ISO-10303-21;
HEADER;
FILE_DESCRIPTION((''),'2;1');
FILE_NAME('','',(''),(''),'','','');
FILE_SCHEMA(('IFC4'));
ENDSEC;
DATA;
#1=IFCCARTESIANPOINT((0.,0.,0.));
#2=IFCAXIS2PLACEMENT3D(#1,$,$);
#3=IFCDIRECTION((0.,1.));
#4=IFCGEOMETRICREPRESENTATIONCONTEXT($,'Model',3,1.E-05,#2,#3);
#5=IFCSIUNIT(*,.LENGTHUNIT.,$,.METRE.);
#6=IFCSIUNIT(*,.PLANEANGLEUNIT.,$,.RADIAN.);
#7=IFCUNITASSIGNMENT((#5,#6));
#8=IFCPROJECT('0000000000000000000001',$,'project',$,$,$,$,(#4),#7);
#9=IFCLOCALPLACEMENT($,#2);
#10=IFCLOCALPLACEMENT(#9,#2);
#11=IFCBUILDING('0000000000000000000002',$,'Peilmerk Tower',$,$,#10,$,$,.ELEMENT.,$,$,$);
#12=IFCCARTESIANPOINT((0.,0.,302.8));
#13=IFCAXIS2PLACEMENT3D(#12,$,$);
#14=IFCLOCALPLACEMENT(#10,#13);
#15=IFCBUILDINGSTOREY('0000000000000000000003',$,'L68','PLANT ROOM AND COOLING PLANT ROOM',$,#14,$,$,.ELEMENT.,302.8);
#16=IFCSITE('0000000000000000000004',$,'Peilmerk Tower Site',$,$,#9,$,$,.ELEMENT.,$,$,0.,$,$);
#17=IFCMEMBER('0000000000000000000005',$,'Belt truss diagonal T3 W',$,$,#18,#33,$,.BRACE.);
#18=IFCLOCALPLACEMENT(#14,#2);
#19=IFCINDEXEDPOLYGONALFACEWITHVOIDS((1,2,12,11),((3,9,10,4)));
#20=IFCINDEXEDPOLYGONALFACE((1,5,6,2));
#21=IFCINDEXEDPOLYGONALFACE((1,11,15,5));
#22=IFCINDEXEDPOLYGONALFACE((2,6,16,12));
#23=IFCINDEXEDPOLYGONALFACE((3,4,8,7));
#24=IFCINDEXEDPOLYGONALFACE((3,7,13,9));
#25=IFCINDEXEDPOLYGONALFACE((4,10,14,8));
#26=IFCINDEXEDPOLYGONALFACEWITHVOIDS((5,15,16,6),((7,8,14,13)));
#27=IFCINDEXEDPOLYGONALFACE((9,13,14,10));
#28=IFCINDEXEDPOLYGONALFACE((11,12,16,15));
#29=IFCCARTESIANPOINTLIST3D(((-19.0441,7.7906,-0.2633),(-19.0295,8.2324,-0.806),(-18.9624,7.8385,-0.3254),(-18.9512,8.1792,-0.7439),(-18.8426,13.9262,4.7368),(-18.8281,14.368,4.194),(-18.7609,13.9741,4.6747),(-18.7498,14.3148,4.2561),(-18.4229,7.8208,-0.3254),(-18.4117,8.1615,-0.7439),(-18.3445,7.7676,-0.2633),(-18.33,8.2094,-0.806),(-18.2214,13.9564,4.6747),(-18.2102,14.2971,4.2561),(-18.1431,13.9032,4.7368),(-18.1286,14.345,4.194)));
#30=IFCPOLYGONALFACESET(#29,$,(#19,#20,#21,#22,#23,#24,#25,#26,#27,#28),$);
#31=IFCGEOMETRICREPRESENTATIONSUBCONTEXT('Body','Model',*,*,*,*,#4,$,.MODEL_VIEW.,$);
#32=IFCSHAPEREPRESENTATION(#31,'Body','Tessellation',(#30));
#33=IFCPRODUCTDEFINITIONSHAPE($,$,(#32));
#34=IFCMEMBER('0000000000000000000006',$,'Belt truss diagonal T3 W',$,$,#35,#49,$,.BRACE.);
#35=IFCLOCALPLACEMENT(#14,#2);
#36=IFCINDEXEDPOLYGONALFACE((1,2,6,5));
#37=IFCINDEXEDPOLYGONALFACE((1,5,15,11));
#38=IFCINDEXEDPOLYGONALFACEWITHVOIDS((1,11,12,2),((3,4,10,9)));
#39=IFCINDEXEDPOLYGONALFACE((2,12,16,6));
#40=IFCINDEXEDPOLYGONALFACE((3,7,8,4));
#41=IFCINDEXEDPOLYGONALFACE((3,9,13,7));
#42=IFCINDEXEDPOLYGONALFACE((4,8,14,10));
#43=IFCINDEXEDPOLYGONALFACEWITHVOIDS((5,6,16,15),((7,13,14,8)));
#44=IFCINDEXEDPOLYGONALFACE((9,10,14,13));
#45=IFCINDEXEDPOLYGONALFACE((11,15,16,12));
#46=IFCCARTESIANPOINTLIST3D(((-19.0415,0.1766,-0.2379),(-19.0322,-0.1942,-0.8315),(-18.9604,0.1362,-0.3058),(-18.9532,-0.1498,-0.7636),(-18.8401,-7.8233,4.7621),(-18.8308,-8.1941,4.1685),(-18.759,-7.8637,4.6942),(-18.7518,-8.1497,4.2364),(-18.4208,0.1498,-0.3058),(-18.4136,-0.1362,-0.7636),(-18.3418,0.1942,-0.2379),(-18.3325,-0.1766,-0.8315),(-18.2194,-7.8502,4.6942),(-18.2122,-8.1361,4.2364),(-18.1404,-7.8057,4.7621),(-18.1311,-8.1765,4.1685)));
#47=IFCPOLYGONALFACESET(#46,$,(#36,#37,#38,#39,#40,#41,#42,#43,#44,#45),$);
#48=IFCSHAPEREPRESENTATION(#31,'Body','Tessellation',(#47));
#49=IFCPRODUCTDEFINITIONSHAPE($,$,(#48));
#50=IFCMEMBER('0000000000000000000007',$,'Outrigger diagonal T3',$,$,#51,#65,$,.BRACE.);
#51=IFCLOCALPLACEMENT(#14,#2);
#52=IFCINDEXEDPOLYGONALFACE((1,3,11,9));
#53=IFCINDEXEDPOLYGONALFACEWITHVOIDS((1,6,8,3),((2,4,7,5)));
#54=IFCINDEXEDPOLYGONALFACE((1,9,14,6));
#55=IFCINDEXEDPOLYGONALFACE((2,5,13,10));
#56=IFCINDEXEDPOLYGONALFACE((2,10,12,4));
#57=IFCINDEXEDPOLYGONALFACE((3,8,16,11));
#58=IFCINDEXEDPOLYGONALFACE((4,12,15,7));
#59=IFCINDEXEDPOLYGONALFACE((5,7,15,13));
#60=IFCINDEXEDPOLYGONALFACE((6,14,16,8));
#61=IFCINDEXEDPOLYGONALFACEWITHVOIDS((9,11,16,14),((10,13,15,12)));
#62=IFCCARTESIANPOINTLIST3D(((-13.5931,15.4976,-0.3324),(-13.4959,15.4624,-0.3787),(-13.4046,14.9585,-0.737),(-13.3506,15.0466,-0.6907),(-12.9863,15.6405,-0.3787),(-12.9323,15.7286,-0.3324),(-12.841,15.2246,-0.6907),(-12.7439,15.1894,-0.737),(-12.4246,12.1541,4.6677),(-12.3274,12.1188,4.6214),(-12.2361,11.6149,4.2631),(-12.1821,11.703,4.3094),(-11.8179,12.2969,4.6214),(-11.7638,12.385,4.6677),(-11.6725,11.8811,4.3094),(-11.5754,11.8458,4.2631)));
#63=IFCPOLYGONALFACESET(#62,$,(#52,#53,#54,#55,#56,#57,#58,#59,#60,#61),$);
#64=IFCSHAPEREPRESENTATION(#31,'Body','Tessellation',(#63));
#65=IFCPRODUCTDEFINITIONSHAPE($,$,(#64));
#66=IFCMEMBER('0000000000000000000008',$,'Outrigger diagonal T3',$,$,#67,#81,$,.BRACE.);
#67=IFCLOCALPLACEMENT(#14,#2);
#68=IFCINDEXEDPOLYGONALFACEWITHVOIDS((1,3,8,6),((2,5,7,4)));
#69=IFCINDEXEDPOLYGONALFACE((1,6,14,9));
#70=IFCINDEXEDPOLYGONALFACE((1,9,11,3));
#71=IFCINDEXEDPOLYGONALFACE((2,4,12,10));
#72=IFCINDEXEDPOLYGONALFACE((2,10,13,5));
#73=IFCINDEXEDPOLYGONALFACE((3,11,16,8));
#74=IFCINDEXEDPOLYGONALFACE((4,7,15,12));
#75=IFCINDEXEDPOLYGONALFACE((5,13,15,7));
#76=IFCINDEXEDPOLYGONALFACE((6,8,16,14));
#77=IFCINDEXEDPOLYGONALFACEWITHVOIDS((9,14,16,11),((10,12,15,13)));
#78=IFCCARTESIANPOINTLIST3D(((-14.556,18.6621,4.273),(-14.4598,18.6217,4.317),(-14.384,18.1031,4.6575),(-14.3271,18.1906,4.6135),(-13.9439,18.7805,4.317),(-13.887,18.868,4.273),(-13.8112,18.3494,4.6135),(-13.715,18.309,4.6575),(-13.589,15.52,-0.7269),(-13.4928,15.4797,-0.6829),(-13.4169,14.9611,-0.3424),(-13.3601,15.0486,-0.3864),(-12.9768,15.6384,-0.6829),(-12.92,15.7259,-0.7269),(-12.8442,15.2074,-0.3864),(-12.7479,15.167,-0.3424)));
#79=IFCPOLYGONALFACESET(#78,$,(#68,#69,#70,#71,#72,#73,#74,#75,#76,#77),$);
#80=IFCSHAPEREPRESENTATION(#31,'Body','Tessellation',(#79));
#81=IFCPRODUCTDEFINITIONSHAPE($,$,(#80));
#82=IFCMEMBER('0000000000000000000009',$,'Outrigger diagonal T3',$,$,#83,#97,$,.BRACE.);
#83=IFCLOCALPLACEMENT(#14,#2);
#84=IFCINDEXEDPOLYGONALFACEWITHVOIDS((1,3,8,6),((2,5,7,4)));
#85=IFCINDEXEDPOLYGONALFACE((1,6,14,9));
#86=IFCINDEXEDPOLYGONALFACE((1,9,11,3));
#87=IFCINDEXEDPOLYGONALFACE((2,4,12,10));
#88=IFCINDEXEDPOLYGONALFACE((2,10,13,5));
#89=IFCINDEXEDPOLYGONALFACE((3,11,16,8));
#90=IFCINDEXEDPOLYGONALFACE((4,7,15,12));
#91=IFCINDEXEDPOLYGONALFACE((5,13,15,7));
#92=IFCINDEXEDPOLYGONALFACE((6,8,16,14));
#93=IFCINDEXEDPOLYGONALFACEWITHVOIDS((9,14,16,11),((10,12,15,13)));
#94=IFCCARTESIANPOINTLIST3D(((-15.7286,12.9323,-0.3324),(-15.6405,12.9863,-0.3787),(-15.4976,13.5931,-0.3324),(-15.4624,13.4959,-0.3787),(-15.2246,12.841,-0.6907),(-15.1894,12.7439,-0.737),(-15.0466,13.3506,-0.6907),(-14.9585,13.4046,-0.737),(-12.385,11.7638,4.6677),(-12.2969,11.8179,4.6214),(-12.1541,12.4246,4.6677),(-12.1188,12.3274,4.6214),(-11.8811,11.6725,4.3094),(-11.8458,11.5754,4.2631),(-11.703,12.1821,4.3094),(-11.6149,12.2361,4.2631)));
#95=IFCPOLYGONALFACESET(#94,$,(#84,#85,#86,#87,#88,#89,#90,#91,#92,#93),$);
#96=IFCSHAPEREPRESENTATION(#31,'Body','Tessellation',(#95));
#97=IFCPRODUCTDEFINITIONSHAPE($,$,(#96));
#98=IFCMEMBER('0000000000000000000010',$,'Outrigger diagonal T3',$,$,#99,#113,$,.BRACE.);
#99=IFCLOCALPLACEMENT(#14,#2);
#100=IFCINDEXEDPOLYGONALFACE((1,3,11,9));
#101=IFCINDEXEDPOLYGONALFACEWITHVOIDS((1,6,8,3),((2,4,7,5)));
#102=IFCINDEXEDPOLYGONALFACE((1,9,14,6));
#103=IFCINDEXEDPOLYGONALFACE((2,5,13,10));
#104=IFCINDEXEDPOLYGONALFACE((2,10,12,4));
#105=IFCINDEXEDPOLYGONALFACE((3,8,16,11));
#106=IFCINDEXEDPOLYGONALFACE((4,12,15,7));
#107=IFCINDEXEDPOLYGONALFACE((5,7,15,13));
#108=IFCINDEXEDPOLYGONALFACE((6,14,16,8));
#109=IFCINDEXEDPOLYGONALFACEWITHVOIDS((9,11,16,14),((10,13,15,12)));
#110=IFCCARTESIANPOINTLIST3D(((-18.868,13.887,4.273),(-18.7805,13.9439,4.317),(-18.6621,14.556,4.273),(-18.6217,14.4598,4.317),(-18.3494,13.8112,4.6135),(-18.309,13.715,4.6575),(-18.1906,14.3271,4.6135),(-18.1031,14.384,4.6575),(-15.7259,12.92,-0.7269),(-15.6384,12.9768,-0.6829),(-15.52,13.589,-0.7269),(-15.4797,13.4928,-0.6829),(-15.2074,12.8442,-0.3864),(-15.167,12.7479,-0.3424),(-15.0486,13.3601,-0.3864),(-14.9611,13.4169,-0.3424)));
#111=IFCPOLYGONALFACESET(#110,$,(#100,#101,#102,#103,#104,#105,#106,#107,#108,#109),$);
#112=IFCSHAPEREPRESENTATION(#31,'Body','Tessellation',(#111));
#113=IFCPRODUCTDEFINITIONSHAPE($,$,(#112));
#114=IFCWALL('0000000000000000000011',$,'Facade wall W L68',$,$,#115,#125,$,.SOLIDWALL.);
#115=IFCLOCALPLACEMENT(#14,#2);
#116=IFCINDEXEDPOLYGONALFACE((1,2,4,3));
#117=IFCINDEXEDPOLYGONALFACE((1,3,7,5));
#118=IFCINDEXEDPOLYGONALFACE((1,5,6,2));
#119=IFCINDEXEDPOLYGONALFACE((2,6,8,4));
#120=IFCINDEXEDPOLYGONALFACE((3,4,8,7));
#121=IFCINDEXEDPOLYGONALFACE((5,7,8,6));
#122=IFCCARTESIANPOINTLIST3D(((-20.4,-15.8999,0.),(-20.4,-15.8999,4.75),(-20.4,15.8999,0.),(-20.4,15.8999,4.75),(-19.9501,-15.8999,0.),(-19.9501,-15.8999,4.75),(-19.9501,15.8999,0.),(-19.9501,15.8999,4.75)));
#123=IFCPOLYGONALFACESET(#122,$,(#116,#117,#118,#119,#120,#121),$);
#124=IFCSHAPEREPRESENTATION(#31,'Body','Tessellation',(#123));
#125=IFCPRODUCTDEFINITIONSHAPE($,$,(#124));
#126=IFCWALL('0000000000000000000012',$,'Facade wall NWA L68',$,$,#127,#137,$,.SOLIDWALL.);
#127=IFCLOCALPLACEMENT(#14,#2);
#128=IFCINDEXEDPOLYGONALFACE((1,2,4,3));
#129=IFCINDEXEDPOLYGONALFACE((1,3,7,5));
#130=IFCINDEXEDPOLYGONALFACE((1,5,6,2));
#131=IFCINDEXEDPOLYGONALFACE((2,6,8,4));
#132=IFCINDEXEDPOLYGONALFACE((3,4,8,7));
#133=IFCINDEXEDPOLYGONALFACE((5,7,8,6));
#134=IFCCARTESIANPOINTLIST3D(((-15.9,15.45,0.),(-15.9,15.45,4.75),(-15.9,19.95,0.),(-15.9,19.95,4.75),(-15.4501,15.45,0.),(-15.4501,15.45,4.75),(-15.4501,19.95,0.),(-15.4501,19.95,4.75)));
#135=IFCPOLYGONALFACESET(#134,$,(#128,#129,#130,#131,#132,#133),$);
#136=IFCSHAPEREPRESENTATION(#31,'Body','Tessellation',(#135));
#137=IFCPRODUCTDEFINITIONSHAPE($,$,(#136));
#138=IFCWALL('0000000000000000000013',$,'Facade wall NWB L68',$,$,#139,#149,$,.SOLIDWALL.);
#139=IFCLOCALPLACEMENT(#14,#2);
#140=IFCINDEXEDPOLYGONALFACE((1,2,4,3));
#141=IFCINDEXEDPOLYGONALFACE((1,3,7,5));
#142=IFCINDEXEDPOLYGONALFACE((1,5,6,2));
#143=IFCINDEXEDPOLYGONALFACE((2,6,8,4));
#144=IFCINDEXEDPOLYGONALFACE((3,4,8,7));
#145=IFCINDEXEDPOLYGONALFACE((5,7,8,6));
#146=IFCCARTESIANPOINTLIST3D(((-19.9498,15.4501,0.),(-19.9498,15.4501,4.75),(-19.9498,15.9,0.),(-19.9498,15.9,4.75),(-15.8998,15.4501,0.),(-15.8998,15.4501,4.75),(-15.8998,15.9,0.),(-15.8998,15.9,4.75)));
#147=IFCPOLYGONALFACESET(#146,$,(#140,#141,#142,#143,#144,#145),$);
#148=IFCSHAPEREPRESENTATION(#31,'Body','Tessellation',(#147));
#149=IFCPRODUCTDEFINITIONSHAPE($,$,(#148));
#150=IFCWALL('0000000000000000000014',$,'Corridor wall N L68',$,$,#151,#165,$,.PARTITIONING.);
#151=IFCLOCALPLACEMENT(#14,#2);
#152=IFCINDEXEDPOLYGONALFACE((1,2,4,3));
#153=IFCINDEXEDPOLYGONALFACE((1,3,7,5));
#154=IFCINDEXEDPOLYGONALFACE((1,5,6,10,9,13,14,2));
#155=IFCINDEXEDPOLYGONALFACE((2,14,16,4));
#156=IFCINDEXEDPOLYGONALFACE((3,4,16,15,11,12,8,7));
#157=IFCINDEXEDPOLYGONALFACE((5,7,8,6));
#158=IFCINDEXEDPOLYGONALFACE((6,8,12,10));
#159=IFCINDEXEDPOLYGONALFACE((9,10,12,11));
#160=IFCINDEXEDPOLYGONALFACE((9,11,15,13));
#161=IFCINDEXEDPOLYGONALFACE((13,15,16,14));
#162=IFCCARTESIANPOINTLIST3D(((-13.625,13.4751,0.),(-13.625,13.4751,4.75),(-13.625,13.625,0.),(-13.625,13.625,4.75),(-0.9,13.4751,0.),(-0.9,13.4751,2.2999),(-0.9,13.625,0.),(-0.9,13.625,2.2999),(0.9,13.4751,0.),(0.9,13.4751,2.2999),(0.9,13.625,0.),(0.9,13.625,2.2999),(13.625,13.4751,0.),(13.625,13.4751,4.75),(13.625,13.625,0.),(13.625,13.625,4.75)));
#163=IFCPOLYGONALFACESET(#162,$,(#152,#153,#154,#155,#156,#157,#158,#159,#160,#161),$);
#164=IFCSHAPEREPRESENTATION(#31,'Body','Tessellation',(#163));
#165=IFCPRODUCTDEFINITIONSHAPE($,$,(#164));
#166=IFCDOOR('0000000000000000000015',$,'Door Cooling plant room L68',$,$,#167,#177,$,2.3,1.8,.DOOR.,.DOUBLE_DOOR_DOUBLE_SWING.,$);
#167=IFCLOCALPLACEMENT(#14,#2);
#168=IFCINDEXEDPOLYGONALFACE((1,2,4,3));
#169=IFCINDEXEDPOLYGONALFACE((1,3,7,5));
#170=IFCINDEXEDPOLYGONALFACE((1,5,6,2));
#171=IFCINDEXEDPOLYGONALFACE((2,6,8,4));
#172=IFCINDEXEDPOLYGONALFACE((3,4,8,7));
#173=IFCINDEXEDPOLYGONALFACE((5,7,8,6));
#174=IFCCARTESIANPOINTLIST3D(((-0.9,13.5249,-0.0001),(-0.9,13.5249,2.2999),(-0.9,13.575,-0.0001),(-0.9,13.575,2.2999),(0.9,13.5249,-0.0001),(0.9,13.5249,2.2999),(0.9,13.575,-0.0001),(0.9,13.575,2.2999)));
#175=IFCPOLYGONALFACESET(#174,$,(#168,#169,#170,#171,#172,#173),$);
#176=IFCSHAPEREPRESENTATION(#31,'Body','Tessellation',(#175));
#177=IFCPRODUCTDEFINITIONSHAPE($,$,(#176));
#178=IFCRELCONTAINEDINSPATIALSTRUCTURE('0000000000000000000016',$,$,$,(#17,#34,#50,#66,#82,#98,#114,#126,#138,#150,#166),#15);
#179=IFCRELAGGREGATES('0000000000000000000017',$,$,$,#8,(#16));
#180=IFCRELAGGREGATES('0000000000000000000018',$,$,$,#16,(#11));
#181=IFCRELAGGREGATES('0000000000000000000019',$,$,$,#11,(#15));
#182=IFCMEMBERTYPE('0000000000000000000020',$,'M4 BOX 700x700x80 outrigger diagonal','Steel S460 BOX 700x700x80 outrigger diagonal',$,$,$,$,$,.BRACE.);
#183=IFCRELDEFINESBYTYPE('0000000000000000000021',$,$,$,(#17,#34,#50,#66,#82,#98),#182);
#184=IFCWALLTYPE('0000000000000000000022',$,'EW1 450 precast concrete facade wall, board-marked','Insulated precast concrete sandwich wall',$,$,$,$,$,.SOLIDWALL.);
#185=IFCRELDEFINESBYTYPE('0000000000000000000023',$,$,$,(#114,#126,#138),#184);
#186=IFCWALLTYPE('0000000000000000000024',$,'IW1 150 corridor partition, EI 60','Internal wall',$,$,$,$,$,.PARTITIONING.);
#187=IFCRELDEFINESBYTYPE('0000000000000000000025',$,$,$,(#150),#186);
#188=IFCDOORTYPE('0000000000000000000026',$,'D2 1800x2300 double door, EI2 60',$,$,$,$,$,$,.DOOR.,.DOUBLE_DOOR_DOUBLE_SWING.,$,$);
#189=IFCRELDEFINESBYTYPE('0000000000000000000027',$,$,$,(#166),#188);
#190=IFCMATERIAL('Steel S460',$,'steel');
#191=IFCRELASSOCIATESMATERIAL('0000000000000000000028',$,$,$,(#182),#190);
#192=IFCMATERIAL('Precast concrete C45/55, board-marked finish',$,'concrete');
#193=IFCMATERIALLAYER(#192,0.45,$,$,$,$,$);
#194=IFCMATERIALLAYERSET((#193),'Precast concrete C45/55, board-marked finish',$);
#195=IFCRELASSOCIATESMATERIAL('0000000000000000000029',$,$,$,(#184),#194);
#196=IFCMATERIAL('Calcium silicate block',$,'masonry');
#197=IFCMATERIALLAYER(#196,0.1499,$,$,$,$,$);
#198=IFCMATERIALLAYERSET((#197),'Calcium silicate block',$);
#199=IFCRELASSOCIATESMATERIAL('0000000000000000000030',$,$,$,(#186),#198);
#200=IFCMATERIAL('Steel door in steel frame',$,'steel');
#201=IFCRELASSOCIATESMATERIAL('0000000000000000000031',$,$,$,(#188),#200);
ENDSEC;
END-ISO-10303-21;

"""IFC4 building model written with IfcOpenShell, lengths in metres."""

from ifc_helpers import new_model, si_unit, direction, frame, frame_2d, origin, origin_2d, place, context, subcontext, project, spatial, rectangle, hollow_rectangle, extrude, material, layer, layer_set, material_profile, profile_set, type_object, element, fill, save


model = new_model("IFC4")

# Units and contexts
model_context = context("Model", 3, precision=1e-05, world=origin(), true_north=direction((0.0, 1.0)))
body_context = subcontext(model_context, "Body", "Model", "MODEL_VIEW")
ifc_project = project(units=[si_unit("LENGTHUNIT", "METRE"), si_unit("PLANEANGLEUNIT", "RADIAN")], contexts=[model_context])

# Site, building, storey
site_placement = place(None, origin())
site = spatial("IfcSite", under=ifc_project, at=site_placement, Name="Peilmerk Tower Site", CompositionType="ELEMENT", RefElevation=0.0)
building_placement = place(site_placement, origin())
building = spatial("IfcBuilding", under=site, at=building_placement, Name="Peilmerk Tower", CompositionType="ELEMENT")
storey_placement = place(building_placement, frame((0.0, 0.0, 302.8)))
storey = spatial("IfcBuildingStorey", under=building, at=storey_placement, Name="L68", Description="PLANT ROOM AND COOLING PLANT ROOM", CompositionType="ELEMENT", Elevation=302.8)

# Shared definitions
ifc_material_1 = material(Name="Steel S460", Category="steel")

# Members
ifc_material_profile_1 = material_profile(ifc_material_1, hollow_rectangle(XDim=0.7, YDim=0.7, WallThickness=0.0801, at=origin_2d()), Name="BOX 700x700x80")
ifc_profile_set_1 = profile_set([ifc_material_profile_1], Name="Steel S460")
member_type_1 = type_object("IfcMemberType", Name="M4 BOX 700x700x80 outrigger diagonal", Description="Steel S460 BOX 700x700x80 outrigger diagonal", PredefinedType="BRACE", material=ifc_profile_set_1)
member_1_placement = place(storey_placement, frame((-18.687, 8.0, -0.5347), z_axis=(0.02544, 0.77494, 0.631522), x_axis=(-0.999462, 0.03281, 0.0)))
element("IfcMember", 1, at=member_1_placement, inside=storey, type_object=member_type_1, Name="Belt truss diagonal T3 W", PredefinedType="BRACE", context=body_context, shape_type="SweptSolid", body=[
    extrude(hollow_rectangle(XDim=0.7, YDim=0.7, WallThickness=0.0801, at=origin_2d()), origin(), (0.0, 0.0, 1.0), 7.9175),
])
member_2_placement = place(storey_placement, frame((-18.687, 0.0, -0.5347), z_axis=(0.021345, -0.847805, 0.529878), x_axis=(0.999683, 0.025169, 0.0)))
element("IfcMember", 2, at=member_2_placement, inside=storey, type_object=member_type_1, Name="Belt truss diagonal T3 W", PredefinedType="BRACE", context=body_context, shape_type="SweptSolid", body=[
    extrude(hollow_rectangle(XDim=0.7, YDim=0.7, WallThickness=0.0801, at=origin_2d()), origin(), (0.0, 0.0, 1.0), 9.436),
])
member_3_placement = place(storey_placement, frame((-13.1685, 15.3435, -0.5347), z_axis=(0.190696, -0.54567, 0.816014), x_axis=(0.944014, 0.329905, 0.0)))
element("IfcMember", 3, at=member_3_placement, inside=storey, type_object=member_type_1, Name="Outrigger diagonal T3", PredefinedType="BRACE", context=body_context, shape_type="SweptSolid", body=[
    extrude(hollow_rectangle(XDim=0.7, YDim=0.7, WallThickness=0.0801, at=origin_2d()), origin(), (0.0, 0.0, 1.0), 6.1274),
])
member_4_placement = place(storey_placement, frame((-13.1685, 15.3435, -0.5347), z_axis=(-0.161605, 0.525084, 0.835566), x_axis=(-0.955758, -0.294154, 0.0)))
element("IfcMember", 4, at=member_4_placement, inside=storey, type_object=member_type_1, Name="Outrigger diagonal T3", PredefinedType="BRACE", context=body_context, shape_type="SweptSolid", body=[
    extrude(hollow_rectangle(XDim=0.7, YDim=0.7, WallThickness=0.0801, at=origin_2d()), origin(), (0.0, 0.0, 1.0), 5.9839),
])
member_5_placement = place(storey_placement, frame((-15.3435, 13.1685, -0.5347), z_axis=(0.54567, -0.190696, 0.816014), x_axis=(0.329905, 0.944014, 0.0)))
element("IfcMember", 5, at=member_5_placement, inside=storey, type_object=member_type_1, Name="Outrigger diagonal T3", PredefinedType="BRACE", context=body_context, shape_type="SweptSolid", body=[
    extrude(hollow_rectangle(XDim=0.7, YDim=0.7, WallThickness=0.0801, at=origin_2d()), origin(), (0.0, 0.0, 1.0), 6.1274),
])
member_6_placement = place(storey_placement, frame((-15.3435, 13.1685, -0.5347), z_axis=(-0.525084, 0.161605, 0.835566), x_axis=(-0.294154, -0.955758, 0.0)))
element("IfcMember", 6, at=member_6_placement, inside=storey, type_object=member_type_1, Name="Outrigger diagonal T3", PredefinedType="BRACE", context=body_context, shape_type="SweptSolid", body=[
    extrude(hollow_rectangle(XDim=0.7, YDim=0.7, WallThickness=0.0801, at=origin_2d()), origin(), (0.0, 0.0, 1.0), 5.9839),
])

# Walls
ifc_material_2 = material(Name="Precast concrete C45/55, board-marked finish", Category="concrete")
ifc_layer_1 = layer(ifc_material_2, 0.45)
ifc_layer_set_1 = layer_set([ifc_layer_1], Name="Precast concrete C45/55, board-marked finish")
wall_type_1 = type_object("IfcWallType", Name="EW1 450 precast concrete facade wall, board-marked", Description="Insulated precast concrete sandwich wall", PredefinedType="SOLIDWALL", material=ifc_layer_set_1)
wall_1_placement = place(storey_placement, frame((-20.175, 15.8999, 0.0), z_axis=(0.0, 0.0, 1.0), x_axis=(0.0, -1.0, 0.0)))
element("IfcWall", 7, at=wall_1_placement, inside=storey, type_object=wall_type_1, Name="Facade wall W L68", PredefinedType="SOLIDWALL", context=body_context, shape_type="SweptSolid", body=[
    extrude(rectangle(XDim=31.7998, YDim=0.45, at=frame_2d((15.8999, 0.0))), origin(), (0.0, 0.0, 1.0), 4.75),
])
wall_2_placement = place(storey_placement, frame((-15.675, 15.45, 0.0), z_axis=(0.0, 0.0, 1.0), x_axis=(0.0, 1.0, 0.0)))
element("IfcWall", 8, at=wall_2_placement, inside=storey, type_object=wall_type_1, Name="Facade wall NWA L68", PredefinedType="SOLIDWALL", context=body_context, shape_type="SweptSolid", body=[
    extrude(rectangle(XDim=4.5, YDim=0.45, at=frame_2d((2.25, 0.0))), origin(), (0.0, 0.0, 1.0), 4.75),
])
wall_3_placement = place(storey_placement, frame((-15.8999, 15.675, 0.0), z_axis=(0.0, 0.0, 1.0), x_axis=(-1.0, 0.0, 0.0)))
element("IfcWall", 9, at=wall_3_placement, inside=storey, type_object=wall_type_1, Name="Facade wall NWB L68", PredefinedType="SOLIDWALL", context=body_context, shape_type="SweptSolid", body=[
    extrude(rectangle(XDim=4.05, YDim=0.45, at=frame_2d((2.0249, 0.0))), origin(), (0.0, 0.0, 1.0), 4.75),
])

# Wall, opening, door
ifc_material_3 = material(Name="Calcium silicate block", Category="masonry")
ifc_layer_2 = layer(ifc_material_3, 0.1499)
ifc_layer_set_2 = layer_set([ifc_layer_2], Name="Calcium silicate block")
wall_type_2 = type_object("IfcWallType", Name="IW1 150 corridor partition, EI 60", Description="Internal wall", PredefinedType="PARTITIONING", material=ifc_layer_set_2)
wall_4_placement = place(storey_placement, frame((-13.625, 13.55, 0.0), z_axis=(0.0, 0.0, 1.0), x_axis=(1.0, 0.0, 0.0)))
wall_4 = element("IfcWall", 10, at=wall_4_placement, inside=storey, type_object=wall_type_2, Name="Corridor wall N L68", PredefinedType="PARTITIONING", context=body_context, shape_type="SweptSolid", body=[
    extrude(rectangle(XDim=27.25, YDim=0.1499, at=frame_2d((13.625, 0.0))), origin(), (0.0, 0.0, 1.0), 4.75),
])
opening_1_placement = place(wall_4_placement, frame((12.7251, 0.0, 0.0)))
opening_1 = element("IfcOpeningElement", 11, at=opening_1_placement, cuts=wall_4, PredefinedType="OPENING", context=body_context, shape_type="SweptSolid", body=[
    extrude(rectangle(XDim=1.8, YDim=2.3, at=frame_2d((0.8999, 1.1499))), frame((0.0, 0.085, 0.0), z_axis=(0.0, -1.0, 0.0), x_axis=(1.0, 0.0, 0.0)), (0.0, 0.0, 1.0), 0.1699),
])
ifc_material_4 = material(Name="Steel door in steel frame", Category="steel")
door_type = type_object("IfcDoorType", Name="D2 1800x2300 double door, EI2 60", OperationType="DOUBLE_DOOR_DOUBLE_SWING", PredefinedType="DOOR", material=ifc_material_4)
door_1_placement = place(opening_1_placement, origin())
door_1 = element("IfcDoor", 12, at=door_1_placement, inside=storey, type_object=door_type, Name="Door Cooling plant room L68", OperationType="DOUBLE_DOOR_DOUBLE_SWING", OverallHeight=2.3, OverallWidth=1.8, PredefinedType="DOOR", context=body_context, shape_type="SweptSolid", body=[
    extrude(rectangle(XDim=1.8, YDim=2.3, at=frame_2d((0.8999, 1.1499))), frame((0.0, 0.0249, 0.0), z_axis=(0.0, -1.0, 0.0), x_axis=(1.0, 0.0, 0.0)), (0.0, 0.0, 1.0), 0.05),
])
fill(opening_1, door_1)

save(model, "model.ifc")
